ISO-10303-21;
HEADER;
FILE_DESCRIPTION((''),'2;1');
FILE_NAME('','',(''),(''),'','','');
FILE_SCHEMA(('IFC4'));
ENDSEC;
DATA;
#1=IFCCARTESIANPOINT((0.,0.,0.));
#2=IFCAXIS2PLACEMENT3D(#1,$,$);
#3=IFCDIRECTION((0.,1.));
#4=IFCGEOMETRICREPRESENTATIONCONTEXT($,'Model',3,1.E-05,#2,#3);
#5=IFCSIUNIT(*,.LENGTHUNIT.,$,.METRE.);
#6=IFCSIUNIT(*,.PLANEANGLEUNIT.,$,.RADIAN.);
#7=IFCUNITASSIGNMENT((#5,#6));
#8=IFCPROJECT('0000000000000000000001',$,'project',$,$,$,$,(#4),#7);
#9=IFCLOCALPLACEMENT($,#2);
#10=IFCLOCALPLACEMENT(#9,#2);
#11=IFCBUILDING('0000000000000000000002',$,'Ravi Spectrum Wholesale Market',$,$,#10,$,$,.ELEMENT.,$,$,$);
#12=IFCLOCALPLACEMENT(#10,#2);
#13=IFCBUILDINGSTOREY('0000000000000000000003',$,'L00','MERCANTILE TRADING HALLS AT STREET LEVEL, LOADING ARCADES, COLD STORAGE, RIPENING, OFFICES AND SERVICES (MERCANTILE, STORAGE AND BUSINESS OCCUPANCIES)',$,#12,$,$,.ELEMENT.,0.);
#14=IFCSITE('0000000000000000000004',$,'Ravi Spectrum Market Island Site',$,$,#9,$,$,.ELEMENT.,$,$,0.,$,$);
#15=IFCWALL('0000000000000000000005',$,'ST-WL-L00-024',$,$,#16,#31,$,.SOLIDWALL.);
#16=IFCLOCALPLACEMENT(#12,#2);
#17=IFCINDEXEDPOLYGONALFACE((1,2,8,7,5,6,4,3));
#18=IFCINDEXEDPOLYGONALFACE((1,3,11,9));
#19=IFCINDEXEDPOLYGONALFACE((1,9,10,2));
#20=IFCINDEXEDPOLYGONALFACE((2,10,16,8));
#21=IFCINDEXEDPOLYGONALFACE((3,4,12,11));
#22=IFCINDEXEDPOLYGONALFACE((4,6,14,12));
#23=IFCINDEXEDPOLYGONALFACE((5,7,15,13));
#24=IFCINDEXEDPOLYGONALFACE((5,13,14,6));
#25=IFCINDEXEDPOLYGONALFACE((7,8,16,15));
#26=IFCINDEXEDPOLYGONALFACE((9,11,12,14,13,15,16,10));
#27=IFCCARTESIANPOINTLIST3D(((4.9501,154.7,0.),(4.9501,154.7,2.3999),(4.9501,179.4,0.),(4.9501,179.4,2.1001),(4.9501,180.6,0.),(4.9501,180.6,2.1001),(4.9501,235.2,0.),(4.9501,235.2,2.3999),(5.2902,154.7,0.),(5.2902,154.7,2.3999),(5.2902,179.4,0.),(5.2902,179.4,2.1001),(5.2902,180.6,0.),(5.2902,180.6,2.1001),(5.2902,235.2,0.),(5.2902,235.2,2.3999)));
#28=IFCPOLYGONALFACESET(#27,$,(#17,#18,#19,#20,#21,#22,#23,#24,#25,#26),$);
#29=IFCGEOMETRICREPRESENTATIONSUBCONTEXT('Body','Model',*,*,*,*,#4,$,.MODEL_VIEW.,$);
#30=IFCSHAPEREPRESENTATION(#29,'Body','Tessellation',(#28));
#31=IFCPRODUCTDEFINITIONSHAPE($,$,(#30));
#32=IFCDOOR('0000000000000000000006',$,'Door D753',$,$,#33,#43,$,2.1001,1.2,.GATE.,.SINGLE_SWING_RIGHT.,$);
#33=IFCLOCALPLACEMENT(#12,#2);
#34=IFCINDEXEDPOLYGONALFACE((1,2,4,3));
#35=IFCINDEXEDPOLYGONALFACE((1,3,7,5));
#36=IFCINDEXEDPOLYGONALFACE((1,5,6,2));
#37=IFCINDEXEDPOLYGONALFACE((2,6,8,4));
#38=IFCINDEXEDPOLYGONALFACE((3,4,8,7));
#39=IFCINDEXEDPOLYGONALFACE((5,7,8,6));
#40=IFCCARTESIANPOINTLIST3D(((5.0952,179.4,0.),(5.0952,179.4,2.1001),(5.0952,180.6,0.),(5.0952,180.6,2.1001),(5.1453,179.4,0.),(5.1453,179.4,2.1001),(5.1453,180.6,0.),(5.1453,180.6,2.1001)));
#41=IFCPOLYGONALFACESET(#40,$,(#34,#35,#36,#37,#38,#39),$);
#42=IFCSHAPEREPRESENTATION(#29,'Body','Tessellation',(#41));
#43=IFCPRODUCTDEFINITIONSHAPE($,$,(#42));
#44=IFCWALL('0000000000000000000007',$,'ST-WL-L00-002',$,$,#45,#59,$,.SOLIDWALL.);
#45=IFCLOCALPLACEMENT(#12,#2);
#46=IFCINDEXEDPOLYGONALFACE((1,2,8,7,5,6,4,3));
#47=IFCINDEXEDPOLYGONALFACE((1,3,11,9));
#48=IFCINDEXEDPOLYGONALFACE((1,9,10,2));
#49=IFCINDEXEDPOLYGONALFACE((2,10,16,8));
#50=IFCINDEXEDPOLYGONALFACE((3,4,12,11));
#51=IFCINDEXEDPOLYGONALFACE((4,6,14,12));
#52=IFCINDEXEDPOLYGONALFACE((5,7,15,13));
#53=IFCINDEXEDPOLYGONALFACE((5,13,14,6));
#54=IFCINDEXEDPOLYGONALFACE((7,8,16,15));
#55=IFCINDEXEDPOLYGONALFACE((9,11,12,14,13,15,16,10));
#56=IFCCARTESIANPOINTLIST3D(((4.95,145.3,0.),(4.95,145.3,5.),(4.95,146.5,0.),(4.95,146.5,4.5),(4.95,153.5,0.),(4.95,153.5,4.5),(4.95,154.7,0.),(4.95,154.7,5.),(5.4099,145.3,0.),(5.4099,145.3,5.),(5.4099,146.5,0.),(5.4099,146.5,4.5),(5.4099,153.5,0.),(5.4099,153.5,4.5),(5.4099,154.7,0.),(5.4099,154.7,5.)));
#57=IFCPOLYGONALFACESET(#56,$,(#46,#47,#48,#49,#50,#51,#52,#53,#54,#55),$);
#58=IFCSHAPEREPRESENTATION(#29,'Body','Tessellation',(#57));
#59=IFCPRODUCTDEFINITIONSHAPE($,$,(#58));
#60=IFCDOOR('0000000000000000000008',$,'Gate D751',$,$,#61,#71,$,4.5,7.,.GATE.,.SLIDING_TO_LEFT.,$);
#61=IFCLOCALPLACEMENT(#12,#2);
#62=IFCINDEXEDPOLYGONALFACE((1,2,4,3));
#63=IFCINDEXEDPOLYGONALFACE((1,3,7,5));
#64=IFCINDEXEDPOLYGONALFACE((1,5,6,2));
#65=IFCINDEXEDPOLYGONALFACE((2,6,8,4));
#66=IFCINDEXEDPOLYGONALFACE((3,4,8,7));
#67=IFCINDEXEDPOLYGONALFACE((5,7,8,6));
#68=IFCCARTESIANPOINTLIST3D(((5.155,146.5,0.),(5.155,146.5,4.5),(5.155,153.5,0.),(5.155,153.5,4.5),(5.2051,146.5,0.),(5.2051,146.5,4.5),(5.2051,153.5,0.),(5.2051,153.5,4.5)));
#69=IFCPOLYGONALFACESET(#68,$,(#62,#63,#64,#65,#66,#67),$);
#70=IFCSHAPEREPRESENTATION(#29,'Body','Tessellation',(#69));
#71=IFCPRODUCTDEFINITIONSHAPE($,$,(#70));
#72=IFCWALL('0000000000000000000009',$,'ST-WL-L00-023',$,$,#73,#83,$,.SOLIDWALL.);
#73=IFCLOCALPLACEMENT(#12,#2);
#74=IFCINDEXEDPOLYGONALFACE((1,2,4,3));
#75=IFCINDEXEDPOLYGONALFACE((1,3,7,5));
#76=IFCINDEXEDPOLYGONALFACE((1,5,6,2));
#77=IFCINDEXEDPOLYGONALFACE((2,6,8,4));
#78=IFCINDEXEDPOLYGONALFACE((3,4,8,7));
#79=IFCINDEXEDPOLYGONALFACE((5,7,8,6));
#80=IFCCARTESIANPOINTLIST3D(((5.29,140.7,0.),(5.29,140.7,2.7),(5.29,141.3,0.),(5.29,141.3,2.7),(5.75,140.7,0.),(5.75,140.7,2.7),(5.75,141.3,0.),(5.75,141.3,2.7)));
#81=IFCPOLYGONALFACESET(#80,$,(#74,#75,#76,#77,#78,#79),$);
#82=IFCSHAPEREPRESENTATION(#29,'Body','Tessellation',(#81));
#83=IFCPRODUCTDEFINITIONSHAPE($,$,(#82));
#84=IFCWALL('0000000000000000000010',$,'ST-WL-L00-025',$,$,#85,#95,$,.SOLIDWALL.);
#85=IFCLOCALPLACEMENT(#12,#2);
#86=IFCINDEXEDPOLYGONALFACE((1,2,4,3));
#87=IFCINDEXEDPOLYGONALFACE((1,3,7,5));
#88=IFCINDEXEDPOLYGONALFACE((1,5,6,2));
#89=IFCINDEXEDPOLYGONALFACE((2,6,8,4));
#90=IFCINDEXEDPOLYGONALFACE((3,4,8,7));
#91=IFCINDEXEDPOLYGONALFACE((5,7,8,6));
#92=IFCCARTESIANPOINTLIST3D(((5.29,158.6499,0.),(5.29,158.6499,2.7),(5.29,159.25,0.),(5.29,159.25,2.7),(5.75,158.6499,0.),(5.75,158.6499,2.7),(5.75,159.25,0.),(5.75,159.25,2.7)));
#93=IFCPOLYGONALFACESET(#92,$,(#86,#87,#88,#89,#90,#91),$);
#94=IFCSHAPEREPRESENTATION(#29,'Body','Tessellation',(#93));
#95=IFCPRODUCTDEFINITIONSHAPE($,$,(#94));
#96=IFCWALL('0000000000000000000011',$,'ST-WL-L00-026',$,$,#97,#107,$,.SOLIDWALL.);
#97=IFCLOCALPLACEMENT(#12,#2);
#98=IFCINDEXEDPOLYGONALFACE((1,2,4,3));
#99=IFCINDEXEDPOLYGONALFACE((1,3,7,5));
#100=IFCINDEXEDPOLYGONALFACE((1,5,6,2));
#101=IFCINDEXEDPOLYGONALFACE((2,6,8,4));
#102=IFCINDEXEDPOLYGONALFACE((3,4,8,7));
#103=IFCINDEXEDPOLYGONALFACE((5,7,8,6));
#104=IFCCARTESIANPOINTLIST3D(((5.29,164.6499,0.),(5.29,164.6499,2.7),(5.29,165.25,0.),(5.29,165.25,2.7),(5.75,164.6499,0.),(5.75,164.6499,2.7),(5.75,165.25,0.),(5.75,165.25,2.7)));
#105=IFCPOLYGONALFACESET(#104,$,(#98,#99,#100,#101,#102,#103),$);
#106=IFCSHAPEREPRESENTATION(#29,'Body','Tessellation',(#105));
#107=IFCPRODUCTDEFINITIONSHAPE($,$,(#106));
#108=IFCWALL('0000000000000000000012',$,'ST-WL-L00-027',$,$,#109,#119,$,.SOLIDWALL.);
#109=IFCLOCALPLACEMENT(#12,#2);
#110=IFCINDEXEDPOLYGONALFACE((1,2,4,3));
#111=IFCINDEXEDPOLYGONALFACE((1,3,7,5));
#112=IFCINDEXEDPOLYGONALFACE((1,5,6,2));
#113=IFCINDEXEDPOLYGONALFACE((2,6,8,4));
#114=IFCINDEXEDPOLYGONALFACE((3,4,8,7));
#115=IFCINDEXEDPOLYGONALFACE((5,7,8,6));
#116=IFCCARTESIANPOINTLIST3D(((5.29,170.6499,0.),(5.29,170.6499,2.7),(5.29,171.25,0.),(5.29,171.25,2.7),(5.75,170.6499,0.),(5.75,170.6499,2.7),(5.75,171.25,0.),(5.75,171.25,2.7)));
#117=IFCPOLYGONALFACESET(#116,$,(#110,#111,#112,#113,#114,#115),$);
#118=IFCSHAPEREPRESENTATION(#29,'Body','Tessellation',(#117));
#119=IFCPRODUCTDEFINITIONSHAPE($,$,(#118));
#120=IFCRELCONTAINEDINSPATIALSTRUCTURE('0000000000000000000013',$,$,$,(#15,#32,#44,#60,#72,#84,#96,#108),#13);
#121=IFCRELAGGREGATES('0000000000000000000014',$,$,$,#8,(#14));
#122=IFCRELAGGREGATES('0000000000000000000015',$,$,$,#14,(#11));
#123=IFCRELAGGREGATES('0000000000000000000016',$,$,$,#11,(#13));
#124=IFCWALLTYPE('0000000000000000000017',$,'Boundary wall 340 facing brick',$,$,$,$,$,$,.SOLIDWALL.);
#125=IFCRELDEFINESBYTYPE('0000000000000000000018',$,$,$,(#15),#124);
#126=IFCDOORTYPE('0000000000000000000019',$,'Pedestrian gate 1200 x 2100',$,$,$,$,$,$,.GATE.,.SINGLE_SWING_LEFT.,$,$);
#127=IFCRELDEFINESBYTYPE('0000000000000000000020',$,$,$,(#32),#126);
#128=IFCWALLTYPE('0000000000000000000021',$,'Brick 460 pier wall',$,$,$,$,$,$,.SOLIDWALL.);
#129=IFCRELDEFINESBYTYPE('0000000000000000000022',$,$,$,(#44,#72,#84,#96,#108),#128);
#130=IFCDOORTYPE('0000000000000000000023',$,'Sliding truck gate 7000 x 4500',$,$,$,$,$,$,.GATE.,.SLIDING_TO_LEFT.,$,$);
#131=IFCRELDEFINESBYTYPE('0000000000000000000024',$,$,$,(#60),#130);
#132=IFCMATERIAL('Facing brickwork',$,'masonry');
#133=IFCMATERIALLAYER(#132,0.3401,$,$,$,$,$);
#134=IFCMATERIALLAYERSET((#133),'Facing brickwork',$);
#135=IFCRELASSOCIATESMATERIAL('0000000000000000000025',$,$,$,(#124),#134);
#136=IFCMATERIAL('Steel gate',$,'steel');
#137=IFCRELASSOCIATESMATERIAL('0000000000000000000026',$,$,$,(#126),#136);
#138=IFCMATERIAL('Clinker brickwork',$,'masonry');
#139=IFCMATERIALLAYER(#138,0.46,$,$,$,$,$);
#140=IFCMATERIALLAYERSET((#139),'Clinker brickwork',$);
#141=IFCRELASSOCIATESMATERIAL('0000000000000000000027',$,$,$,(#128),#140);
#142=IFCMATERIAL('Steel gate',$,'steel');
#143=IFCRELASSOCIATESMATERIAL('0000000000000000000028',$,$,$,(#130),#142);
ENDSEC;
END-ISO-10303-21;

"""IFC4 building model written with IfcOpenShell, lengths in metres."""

from ifc_helpers import new_model, si_unit, direction, frame, frame_2d, origin, place, context, subcontext, project, spatial, rectangle, extrude, material, layer, layer_set, type_object, element, fill, save


model = new_model("IFC4")

# Units and contexts
model_context = context("Model", 3, precision=1e-05, world=origin(), true_north=direction((0.0, 1.0)))
body_context = subcontext(model_context, "Body", "Model", "MODEL_VIEW")
ifc_project = project(units=[si_unit("LENGTHUNIT", "METRE"), si_unit("PLANEANGLEUNIT", "RADIAN")], contexts=[model_context])

# Site, building, storey
site_placement = place(None, origin())
site = spatial("IfcSite", under=ifc_project, at=site_placement, Name="Ravi Spectrum Market Island Site", CompositionType="ELEMENT", RefElevation=0.0)
building_placement = place(site_placement, origin())
building = spatial("IfcBuilding", under=site, at=building_placement, Name="Ravi Spectrum Wholesale Market", CompositionType="ELEMENT")
storey_placement = place(building_placement, origin())
storey = spatial("IfcBuildingStorey", under=building, at=storey_placement, Name="L00", Description="MERCANTILE TRADING HALLS AT STREET LEVEL, LOADING ARCADES, COLD STORAGE, RIPENING, OFFICES AND SERVICES (MERCANTILE, STORAGE AND BUSINESS OCCUPANCIES)", CompositionType="ELEMENT", Elevation=0.0)

# Walls, openings, doors
ifc_material_1 = material(Name="Facing brickwork", Category="masonry")
ifc_layer_1 = layer(ifc_material_1, 0.3401)
ifc_layer_set_1 = layer_set([ifc_layer_1], Name="Facing brickwork")
wall_type_1 = type_object("IfcWallType", Name="Boundary wall 340 facing brick", PredefinedType="SOLIDWALL", material=ifc_layer_set_1)
wall_1_placement = place(storey_placement, frame((5.1201, 154.7, 0.0), z_axis=(0.0, 0.0, 1.0), x_axis=(0.0, 1.0, 0.0)))
wall_1 = element("IfcWall", 1, at=wall_1_placement, inside=storey, type_object=wall_type_1, Name="ST-WL-L00-024", PredefinedType="SOLIDWALL", context=body_context, shape_type="SweptSolid", body=[
    extrude(rectangle(XDim=80.5, YDim=0.3401, at=frame_2d((40.25, 0.0))), origin(), (0.0, 0.0, 1.0), 2.3999),
])
opening_1_placement = place(wall_1_placement, frame((24.7, 0.0, 0.0)))
opening_1 = element("IfcOpeningElement", 2, at=opening_1_placement, cuts=wall_1, PredefinedType="OPENING", context=body_context, shape_type="SweptSolid", body=[
    extrude(rectangle(XDim=1.2, YDim=2.1001, at=frame_2d((0.6001, 1.05))), frame((0.0, 0.1799, 0.0), z_axis=(0.0, -1.0, 0.0), x_axis=(1.0, 0.0, 0.0)), (0.0, 0.0, 1.0), 0.3601),
])
ifc_material_2 = material(Name="Steel gate", Category="steel")
door_type_1 = type_object("IfcDoorType", Name="Pedestrian gate 1200 x 2100", OperationType="SINGLE_SWING_LEFT", PredefinedType="GATE", material=ifc_material_2)
door_1_placement = place(opening_1_placement, origin())
door_1 = element("IfcDoor", 3, at=door_1_placement, inside=storey, type_object=door_type_1, Name="Door D753", OperationType="SINGLE_SWING_RIGHT", OverallHeight=2.1001, OverallWidth=1.2, PredefinedType="GATE", context=body_context, shape_type="SweptSolid", body=[
    extrude(rectangle(XDim=1.2, YDim=2.1001, at=frame_2d((0.6001, 1.05))), frame((0.0, 0.0249, 0.0), z_axis=(0.0, -1.0, 0.0), x_axis=(1.0, 0.0, 0.0)), (0.0, 0.0, 1.0), 0.05),
])
fill(opening_1, door_1)
ifc_material_3 = material(Name="Clinker brickwork", Category="masonry")
ifc_layer_2 = layer(ifc_material_3, 0.46)
ifc_layer_set_2 = layer_set([ifc_layer_2], Name="Clinker brickwork")
wall_type_2 = type_object("IfcWallType", Name="Brick 460 pier wall", PredefinedType="SOLIDWALL", material=ifc_layer_set_2)
wall_2_placement = place(storey_placement, frame((5.1799, 145.3, 0.0), z_axis=(0.0, 0.0, 1.0), x_axis=(0.0, 1.0, 0.0)))
wall_2 = element("IfcWall", 4, at=wall_2_placement, inside=storey, type_object=wall_type_2, Name="ST-WL-L00-002", PredefinedType="SOLIDWALL", context=body_context, shape_type="SweptSolid", body=[
    extrude(rectangle(XDim=9.3999, YDim=0.46, at=frame_2d((4.7, 0.0))), origin(), (0.0, 0.0, 1.0), 5.0),
])
opening_2_placement = place(wall_2_placement, frame((1.2, 0.0, 0.0)))
opening_2 = element("IfcOpeningElement", 5, at=opening_2_placement, cuts=wall_2, PredefinedType="OPENING", context=body_context, shape_type="SweptSolid", body=[
    extrude(rectangle(XDim=7.0, YDim=4.5, at=frame_2d((3.5, 2.25))), frame((0.0, 0.24, 0.0), z_axis=(0.0, -1.0, 0.0), x_axis=(1.0, 0.0, 0.0)), (0.0, 0.0, 1.0), 0.48),
])
ifc_material_4 = material(Name="Steel gate", Category="steel")
door_type_2 = type_object("IfcDoorType", Name="Sliding truck gate 7000 x 4500", OperationType="SLIDING_TO_LEFT", PredefinedType="GATE", material=ifc_material_4)
door_2_placement = place(opening_2_placement, origin())
door_2 = element("IfcDoor", 6, at=door_2_placement, inside=storey, type_object=door_type_2, Name="Gate D751", OperationType="SLIDING_TO_LEFT", OverallHeight=4.5, OverallWidth=7.0, PredefinedType="GATE", context=body_context, shape_type="SweptSolid", body=[
    extrude(rectangle(XDim=7.0, YDim=4.5, at=frame_2d((3.5, 2.25))), frame((0.0, 0.0249, 0.0), z_axis=(0.0, -1.0, 0.0), x_axis=(1.0, 0.0, 0.0)), (0.0, 0.0, 1.0), 0.05),
])
fill(opening_2, door_2)

# Walls
for number, where, z_axis, x_axis, name in (
    (7, (5.52, 140.7, 0.0), (0.0, 0.0, 1.0), (0.0, 1.0, 0.0), "ST-WL-L00-023"),
    (8, (5.52, 158.6499, 0.0), (0.0, 0.0, 1.0), (0.0, 1.0, 0.0), "ST-WL-L00-025"),
    (9, (5.52, 164.6499, 0.0), (0.0, 0.0, 1.0), (0.0, 1.0, 0.0), "ST-WL-L00-026"),
    (10, (5.52, 170.6499, 0.0), (0.0, 0.0, 1.0), (0.0, 1.0, 0.0), "ST-WL-L00-027"),
):
    element("IfcWall", number, at=place(storey_placement, frame(where, z_axis=z_axis, x_axis=x_axis)), inside=storey, type_object=wall_type_2, Name=name, PredefinedType="SOLIDWALL", context=body_context, shape_type="SweptSolid", body=[
        extrude(rectangle(XDim=0.6001, YDim=0.46, at=frame_2d((0.3, 0.0))), origin(), (0.0, 0.0, 1.0), 2.7),
    ])

save(model, "model.ifc")
